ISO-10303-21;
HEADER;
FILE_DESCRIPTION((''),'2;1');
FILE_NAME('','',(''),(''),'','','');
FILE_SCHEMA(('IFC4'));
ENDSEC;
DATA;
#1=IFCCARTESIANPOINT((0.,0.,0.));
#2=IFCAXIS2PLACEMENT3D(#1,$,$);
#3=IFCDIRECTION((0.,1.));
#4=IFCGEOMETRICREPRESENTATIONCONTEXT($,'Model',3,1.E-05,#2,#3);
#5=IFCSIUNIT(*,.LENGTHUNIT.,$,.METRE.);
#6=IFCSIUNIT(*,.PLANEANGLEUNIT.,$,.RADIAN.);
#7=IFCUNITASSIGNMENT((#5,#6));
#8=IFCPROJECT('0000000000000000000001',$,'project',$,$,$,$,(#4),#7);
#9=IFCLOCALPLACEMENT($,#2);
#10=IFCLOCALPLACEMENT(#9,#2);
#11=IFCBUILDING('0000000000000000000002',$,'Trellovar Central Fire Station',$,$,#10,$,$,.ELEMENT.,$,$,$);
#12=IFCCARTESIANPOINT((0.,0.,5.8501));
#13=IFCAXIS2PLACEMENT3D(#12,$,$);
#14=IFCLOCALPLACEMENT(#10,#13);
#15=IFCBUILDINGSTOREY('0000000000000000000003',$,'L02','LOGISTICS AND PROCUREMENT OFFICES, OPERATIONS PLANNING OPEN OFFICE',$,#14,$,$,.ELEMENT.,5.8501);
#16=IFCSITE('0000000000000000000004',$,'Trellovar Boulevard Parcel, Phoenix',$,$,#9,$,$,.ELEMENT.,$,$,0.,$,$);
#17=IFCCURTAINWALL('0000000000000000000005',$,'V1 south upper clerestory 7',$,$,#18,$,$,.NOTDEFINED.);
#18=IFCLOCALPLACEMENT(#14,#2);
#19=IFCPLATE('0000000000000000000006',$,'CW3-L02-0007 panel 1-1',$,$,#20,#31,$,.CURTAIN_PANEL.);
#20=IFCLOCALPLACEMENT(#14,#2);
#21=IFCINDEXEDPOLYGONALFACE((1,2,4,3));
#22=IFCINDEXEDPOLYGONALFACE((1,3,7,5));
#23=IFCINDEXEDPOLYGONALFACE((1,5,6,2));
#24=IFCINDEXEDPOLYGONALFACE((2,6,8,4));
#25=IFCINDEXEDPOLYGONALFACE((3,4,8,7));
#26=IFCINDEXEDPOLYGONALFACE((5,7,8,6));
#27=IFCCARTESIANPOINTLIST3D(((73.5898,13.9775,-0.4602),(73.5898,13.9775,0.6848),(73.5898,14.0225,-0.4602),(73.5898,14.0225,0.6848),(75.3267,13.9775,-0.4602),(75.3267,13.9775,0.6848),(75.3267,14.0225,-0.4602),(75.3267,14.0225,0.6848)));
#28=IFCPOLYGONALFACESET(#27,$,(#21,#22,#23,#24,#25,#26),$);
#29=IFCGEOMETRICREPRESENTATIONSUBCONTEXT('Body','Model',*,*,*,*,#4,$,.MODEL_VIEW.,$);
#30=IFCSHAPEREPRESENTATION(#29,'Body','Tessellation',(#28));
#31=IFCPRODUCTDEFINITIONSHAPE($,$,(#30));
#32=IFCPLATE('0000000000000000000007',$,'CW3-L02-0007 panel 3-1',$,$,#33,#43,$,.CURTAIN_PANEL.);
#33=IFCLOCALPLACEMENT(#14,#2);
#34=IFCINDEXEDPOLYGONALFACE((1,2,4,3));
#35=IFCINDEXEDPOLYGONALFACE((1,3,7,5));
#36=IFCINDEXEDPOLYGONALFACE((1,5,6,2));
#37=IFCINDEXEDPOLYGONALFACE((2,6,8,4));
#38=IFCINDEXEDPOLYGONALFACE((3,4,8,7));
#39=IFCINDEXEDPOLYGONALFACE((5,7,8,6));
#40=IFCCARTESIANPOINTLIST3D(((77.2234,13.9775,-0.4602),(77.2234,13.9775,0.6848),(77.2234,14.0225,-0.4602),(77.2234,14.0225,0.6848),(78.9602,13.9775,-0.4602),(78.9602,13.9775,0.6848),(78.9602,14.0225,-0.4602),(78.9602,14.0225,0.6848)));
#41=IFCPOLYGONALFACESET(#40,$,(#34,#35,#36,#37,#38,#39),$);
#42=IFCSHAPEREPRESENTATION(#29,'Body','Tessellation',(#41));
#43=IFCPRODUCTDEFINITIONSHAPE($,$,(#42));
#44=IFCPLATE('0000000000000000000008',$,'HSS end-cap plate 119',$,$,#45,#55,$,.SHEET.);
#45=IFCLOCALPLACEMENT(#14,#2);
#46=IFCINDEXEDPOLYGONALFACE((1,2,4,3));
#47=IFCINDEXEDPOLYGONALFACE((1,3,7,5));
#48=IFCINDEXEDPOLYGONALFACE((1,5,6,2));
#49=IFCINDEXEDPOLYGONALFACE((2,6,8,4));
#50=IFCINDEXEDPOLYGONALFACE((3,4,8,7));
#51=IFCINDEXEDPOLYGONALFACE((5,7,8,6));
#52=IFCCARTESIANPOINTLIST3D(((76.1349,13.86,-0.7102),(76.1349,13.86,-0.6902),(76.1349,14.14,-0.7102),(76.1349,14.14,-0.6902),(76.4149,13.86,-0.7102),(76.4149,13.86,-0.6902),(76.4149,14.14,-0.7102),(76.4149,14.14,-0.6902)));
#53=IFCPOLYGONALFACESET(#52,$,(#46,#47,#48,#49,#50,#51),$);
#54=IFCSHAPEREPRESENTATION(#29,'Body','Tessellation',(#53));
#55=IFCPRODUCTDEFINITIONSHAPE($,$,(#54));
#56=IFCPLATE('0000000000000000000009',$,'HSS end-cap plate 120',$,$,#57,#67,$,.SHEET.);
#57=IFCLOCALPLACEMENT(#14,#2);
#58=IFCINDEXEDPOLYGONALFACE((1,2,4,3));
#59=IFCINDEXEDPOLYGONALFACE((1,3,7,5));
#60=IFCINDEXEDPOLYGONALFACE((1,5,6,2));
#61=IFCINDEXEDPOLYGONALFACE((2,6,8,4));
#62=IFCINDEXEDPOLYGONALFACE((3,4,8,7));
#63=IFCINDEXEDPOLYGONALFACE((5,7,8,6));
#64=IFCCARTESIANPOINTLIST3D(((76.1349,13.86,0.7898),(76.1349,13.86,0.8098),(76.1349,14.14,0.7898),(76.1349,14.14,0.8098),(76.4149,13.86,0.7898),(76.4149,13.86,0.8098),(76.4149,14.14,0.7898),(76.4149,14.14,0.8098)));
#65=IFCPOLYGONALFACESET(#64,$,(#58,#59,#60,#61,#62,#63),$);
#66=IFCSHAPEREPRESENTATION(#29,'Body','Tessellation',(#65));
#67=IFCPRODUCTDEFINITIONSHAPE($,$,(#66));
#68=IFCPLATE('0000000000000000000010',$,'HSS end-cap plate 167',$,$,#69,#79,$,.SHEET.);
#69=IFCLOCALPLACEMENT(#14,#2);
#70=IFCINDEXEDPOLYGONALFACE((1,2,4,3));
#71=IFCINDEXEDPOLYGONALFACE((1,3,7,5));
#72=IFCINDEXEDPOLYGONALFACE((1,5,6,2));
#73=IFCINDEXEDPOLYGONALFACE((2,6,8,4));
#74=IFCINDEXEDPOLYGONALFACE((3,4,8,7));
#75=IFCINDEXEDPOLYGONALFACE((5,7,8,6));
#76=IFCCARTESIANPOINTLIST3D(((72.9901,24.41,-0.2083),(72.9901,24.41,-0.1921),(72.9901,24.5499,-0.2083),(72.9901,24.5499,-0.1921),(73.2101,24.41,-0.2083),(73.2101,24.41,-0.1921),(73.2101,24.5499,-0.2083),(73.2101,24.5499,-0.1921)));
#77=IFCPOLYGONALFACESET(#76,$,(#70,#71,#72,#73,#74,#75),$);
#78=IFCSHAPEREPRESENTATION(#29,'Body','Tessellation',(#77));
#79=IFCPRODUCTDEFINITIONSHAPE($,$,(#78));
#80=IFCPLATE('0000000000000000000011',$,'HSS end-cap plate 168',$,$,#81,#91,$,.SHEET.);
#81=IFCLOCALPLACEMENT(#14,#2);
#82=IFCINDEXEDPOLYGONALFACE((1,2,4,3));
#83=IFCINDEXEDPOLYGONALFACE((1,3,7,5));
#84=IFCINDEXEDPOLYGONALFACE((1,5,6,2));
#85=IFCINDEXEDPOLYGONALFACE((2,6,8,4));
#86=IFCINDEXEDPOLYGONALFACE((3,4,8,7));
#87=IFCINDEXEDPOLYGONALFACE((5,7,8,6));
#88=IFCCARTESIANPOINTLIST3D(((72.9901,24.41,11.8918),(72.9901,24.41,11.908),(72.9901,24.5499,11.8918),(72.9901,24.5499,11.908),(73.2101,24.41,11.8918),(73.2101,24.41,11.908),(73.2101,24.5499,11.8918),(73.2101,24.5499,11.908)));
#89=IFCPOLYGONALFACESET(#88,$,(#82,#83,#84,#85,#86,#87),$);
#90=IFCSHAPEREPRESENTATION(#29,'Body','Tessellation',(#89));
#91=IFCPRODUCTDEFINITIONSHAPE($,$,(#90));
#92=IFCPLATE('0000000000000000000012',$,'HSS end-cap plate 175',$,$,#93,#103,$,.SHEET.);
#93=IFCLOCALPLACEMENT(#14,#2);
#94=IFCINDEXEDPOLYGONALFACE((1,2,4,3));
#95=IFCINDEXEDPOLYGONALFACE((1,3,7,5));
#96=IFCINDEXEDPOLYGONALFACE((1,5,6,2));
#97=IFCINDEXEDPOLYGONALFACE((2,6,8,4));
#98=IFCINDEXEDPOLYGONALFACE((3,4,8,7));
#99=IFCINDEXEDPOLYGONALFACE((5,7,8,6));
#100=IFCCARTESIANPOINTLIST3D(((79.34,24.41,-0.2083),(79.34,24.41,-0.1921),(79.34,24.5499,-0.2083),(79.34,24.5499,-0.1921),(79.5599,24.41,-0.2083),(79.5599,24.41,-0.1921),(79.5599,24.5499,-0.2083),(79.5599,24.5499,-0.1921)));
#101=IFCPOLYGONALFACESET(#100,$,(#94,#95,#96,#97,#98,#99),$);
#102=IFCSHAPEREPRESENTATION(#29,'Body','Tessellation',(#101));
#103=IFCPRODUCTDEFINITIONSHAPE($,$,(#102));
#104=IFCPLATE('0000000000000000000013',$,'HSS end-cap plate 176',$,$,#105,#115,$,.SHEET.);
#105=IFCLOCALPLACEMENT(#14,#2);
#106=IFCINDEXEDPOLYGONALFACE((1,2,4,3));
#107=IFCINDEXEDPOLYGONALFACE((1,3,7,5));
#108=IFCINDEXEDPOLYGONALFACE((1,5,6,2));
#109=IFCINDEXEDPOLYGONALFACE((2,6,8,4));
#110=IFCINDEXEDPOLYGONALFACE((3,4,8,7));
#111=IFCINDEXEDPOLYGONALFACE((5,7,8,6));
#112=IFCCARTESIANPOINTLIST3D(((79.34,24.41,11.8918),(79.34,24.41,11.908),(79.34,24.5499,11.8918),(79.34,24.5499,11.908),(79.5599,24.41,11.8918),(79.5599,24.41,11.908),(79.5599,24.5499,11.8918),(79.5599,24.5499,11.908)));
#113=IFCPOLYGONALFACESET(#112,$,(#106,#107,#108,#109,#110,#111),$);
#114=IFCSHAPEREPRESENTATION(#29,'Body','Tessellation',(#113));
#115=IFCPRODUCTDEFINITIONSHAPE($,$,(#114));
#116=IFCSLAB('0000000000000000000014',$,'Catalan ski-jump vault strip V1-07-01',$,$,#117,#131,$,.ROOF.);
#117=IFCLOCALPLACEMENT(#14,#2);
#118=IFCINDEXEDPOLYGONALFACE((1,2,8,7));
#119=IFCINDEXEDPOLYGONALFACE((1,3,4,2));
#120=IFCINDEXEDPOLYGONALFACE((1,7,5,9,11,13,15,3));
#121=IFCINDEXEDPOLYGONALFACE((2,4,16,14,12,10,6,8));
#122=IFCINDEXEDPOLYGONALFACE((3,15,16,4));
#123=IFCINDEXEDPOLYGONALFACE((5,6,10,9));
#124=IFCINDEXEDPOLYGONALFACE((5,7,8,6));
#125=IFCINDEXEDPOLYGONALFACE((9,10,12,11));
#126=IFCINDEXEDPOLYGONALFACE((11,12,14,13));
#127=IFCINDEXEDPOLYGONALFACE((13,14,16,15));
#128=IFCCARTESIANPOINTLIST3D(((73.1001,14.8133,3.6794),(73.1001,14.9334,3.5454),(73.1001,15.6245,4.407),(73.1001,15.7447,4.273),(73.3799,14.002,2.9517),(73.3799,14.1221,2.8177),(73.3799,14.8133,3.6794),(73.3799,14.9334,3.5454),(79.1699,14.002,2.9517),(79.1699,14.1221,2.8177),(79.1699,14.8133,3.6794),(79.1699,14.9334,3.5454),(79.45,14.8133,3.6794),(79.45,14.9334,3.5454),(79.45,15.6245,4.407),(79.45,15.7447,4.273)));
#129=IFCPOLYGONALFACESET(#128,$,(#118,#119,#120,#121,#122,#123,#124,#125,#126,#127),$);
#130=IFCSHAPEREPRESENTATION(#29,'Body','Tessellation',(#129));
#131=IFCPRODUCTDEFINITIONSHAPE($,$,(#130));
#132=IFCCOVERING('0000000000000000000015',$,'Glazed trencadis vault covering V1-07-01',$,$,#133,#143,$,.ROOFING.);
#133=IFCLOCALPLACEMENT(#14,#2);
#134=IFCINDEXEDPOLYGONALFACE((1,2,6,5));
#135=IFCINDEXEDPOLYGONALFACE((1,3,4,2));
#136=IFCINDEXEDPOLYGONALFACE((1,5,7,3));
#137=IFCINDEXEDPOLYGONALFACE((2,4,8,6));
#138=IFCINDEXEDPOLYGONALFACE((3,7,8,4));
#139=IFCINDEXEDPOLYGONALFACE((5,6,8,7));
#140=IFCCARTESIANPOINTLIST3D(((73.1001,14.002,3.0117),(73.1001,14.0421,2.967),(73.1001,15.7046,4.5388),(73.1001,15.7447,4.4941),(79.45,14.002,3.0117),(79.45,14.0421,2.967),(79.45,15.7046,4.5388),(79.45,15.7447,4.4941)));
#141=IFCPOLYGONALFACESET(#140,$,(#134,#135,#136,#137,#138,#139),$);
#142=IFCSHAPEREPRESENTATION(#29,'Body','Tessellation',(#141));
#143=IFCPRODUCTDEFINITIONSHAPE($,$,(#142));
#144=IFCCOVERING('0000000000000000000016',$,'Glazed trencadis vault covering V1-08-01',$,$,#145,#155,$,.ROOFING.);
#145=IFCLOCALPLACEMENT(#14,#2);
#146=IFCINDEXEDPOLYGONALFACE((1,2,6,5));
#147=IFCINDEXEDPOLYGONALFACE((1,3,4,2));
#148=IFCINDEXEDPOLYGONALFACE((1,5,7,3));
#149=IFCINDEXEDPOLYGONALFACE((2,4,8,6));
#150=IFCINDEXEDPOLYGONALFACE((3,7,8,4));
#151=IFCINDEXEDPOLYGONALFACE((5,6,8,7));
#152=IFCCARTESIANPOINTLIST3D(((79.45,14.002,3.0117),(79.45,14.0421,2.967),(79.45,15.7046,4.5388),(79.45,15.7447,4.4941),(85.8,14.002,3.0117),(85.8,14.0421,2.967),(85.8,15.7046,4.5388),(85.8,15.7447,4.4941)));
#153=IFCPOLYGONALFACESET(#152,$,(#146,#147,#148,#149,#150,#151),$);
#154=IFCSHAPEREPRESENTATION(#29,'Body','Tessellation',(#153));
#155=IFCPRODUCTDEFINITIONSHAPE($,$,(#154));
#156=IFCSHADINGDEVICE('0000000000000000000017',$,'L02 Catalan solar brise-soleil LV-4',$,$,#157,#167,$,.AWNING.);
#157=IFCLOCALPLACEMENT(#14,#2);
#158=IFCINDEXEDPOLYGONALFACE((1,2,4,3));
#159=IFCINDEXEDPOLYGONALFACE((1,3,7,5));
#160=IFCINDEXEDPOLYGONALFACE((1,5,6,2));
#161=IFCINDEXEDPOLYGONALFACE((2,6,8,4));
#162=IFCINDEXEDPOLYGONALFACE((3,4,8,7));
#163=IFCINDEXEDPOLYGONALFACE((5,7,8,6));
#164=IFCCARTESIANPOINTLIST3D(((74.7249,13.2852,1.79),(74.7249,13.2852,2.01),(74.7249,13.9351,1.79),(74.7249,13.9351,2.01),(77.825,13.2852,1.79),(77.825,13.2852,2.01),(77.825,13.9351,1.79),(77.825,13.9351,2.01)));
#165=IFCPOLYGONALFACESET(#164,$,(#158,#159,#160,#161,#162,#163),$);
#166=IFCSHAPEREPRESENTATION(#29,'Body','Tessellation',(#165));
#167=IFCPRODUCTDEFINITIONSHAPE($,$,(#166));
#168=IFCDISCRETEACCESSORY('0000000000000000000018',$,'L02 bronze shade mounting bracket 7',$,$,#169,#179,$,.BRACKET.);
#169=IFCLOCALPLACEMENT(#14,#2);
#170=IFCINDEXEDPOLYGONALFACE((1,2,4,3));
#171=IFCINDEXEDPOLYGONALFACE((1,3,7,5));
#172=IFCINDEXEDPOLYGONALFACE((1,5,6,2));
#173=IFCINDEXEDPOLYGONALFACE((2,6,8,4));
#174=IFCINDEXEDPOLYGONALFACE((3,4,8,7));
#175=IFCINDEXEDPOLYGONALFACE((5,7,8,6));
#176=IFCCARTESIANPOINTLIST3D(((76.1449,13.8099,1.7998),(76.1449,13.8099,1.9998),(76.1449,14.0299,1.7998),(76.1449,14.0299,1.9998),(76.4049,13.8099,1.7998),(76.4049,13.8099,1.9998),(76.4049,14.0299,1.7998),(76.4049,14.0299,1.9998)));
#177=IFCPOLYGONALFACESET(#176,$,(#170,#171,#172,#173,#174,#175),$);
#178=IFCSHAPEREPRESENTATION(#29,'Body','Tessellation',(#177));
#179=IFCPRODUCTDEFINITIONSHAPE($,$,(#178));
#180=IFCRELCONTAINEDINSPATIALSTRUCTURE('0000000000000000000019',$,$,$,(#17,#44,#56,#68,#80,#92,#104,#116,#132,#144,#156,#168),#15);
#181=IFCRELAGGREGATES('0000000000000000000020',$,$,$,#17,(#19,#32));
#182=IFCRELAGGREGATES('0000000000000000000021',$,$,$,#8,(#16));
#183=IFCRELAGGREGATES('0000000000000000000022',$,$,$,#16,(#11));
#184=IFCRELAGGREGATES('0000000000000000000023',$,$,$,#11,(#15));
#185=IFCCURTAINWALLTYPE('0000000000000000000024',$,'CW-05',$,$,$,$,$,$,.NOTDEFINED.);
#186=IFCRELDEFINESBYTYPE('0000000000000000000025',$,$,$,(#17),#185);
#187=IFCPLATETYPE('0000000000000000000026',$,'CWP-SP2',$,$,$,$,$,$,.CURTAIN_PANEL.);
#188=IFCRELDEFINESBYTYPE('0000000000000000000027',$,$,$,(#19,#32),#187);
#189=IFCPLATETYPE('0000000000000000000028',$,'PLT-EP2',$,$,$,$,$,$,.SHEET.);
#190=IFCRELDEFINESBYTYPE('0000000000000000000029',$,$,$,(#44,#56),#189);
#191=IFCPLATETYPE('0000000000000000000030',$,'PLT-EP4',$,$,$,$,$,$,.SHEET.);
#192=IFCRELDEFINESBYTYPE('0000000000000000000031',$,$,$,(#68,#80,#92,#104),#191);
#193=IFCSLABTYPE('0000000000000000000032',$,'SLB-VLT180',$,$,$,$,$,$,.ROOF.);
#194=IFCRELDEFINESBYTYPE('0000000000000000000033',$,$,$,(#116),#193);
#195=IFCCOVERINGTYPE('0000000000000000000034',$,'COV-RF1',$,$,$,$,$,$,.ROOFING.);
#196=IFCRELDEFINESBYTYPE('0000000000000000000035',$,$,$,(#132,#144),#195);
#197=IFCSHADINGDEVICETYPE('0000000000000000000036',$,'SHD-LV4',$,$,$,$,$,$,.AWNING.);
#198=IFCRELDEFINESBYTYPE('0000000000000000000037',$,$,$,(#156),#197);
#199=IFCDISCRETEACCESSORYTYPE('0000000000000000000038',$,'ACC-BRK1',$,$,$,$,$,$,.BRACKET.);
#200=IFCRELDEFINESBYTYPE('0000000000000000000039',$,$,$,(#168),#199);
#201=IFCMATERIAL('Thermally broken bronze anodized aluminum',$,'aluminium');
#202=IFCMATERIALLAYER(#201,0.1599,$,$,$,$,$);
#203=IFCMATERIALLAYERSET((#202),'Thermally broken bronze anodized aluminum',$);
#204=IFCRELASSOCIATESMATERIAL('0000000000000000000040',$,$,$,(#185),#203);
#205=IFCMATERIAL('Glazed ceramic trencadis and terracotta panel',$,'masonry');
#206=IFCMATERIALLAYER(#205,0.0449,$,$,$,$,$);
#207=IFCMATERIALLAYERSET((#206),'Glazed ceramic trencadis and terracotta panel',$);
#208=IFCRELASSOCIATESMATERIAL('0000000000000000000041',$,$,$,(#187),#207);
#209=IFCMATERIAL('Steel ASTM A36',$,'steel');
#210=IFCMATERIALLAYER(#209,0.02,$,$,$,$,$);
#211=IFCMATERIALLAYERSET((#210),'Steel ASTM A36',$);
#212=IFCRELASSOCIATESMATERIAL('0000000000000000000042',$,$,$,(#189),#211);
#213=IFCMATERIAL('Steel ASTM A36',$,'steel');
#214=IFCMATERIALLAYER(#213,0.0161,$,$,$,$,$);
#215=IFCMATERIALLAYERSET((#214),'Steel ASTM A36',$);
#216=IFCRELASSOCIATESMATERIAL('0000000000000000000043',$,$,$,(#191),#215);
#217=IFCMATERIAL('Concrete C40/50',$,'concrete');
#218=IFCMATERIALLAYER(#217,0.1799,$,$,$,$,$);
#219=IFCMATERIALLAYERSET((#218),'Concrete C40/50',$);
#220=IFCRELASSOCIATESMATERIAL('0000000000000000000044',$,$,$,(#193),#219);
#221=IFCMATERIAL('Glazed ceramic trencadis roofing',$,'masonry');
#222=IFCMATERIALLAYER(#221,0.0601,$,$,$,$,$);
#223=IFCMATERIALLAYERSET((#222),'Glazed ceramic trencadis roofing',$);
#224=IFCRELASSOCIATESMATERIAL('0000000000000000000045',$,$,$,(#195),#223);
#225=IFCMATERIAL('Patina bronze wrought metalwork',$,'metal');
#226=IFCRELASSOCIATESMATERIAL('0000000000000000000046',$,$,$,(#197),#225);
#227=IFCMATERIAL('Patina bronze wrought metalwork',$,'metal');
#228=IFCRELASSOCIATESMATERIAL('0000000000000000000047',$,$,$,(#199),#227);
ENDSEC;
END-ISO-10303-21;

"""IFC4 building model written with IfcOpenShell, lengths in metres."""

from ifc_helpers import new_model, si_unit, direction, frame, origin, origin_2d, place, context, subcontext, project, spatial, polyline, rectangle, outline, extrude, material, layer, layer_set, type_object, element, aggregate, save


model = new_model("IFC4")

# Units and contexts
model_context = context("Model", 3, precision=1e-05, world=origin(), true_north=direction((0.0, 1.0)))
body_context = subcontext(model_context, "Body", "Model", "MODEL_VIEW")
ifc_project = project(units=[si_unit("LENGTHUNIT", "METRE"), si_unit("PLANEANGLEUNIT", "RADIAN")], contexts=[model_context])

# Site, building, storey
site_placement = place(None, origin())
site = spatial("IfcSite", under=ifc_project, at=site_placement, Name="Trellovar Boulevard Parcel, Phoenix", CompositionType="ELEMENT", RefElevation=0.0)
building_placement = place(site_placement, origin())
building = spatial("IfcBuilding", under=site, at=building_placement, Name="Trellovar Central Fire Station", CompositionType="ELEMENT")
storey_placement = place(building_placement, frame((0.0, 0.0, 5.8501)))
storey = spatial("IfcBuildingStorey", under=building, at=storey_placement, Name="L02", Description="LOGISTICS AND PROCUREMENT OFFICES, OPERATIONS PLANNING OPEN OFFICE", CompositionType="ELEMENT", Elevation=5.8501)

# Shared definitions
ifc_material_1 = material(Name="Thermally broken bronze anodized aluminum", Category="aluminium")
ifc_layer_1 = layer(ifc_material_1, 0.1599)
ifc_layer_set_1 = layer_set([ifc_layer_1], Name="Thermally broken bronze anodized aluminum")
curtain_wall_type = type_object("IfcCurtainWallType", Name="CW-05", PredefinedType="NOTDEFINED", material=ifc_layer_set_1)

# Curtain wall
curtain_wall_1_placement = place(storey_placement, origin())
curtain_wall_1 = element("IfcCurtainWall", 1, at=curtain_wall_1_placement, inside=storey, type_object=curtain_wall_type, Name="V1 south upper clerestory 7", PredefinedType="NOTDEFINED")

# Plates
ifc_material_2 = material(Name="Glazed ceramic trencadis and terracotta panel", Category="masonry")
ifc_layer_2 = layer(ifc_material_2, 0.0449)
ifc_layer_set_2 = layer_set([ifc_layer_2], Name="Glazed ceramic trencadis and terracotta panel")
plate_type_1 = type_object("IfcPlateType", Name="CWP-SP2", PredefinedType="CURTAIN_PANEL", material=ifc_layer_set_2)
plate_1_placement = place(storey_placement, frame((74.4583, 14.0, -0.4602), z_axis=(0.0, 0.0, 1.0), x_axis=(1.0, 0.0, 0.0)))
plate_1 = element("IfcPlate", 2, at=plate_1_placement, type_object=plate_type_1, Name="CW3-L02-0007 panel 1-1", PredefinedType="CURTAIN_PANEL", context=body_context, shape_type="SweptSolid", body=[
    extrude(rectangle(XDim=1.7368, YDim=0.0449, at=origin_2d()), origin(), (0.0, 0.0, 1.0), 1.145),
])
plate_2_placement = place(storey_placement, frame((78.0918, 14.0, -0.4602), z_axis=(0.0, 0.0, 1.0), x_axis=(1.0, 0.0, 0.0)))
plate_2 = element("IfcPlate", 3, at=plate_2_placement, type_object=plate_type_1, Name="CW3-L02-0007 panel 3-1", PredefinedType="CURTAIN_PANEL", context=body_context, shape_type="SweptSolid", body=[
    extrude(rectangle(XDim=1.7368, YDim=0.0449, at=origin_2d()), origin(), (0.0, 0.0, 1.0), 1.145),
])
aggregate(curtain_wall_1, [plate_1, plate_2])

# Plates
ifc_material_3 = material(Name="Steel ASTM A36", Category="steel")
ifc_layer_3 = layer(ifc_material_3, 0.02)
ifc_layer_set_3 = layer_set([ifc_layer_3], Name="Steel ASTM A36")
plate_type_2 = type_object("IfcPlateType", Name="PLT-EP2", PredefinedType="SHEET", material=ifc_layer_set_3)
for number, where, z_axis, x_axis, name in (
    (4, (76.2749, 14.0, -0.7102), (0.0, 0.0, 1.0), (1.0, 0.0, 0.0), "HSS end-cap plate 119"),
    (5, (76.2749, 14.0, 0.7898), (0.0, 0.0, 1.0), (1.0, 0.0, 0.0), "HSS end-cap plate 120"),
):
    element("IfcPlate", number, at=place(storey_placement, frame(where, z_axis=z_axis, x_axis=x_axis)), inside=storey, type_object=plate_type_2, Name=name, PredefinedType="SHEET", context=body_context, shape_type="SweptSolid", body=[
        extrude(rectangle(XDim=0.28, YDim=0.28, at=origin_2d()), origin(), (0.0, 0.0, 1.0), 0.02),
    ])
ifc_material_4 = material(Name="Steel ASTM A36", Category="steel")
ifc_layer_4 = layer(ifc_material_4, 0.0161)
ifc_layer_set_4 = layer_set([ifc_layer_4], Name="Steel ASTM A36")
plate_type_3 = type_object("IfcPlateType", Name="PLT-EP4", PredefinedType="SHEET", material=ifc_layer_set_4)
for number, where, z_axis, x_axis, name in (
    (6, (73.1001, 24.48, -0.2083), (0.0, 0.0, 1.0), (1.0, 0.0, 0.0), "HSS end-cap plate 167"),
    (7, (73.1001, 24.48, 11.8918), (0.0, 0.0, 1.0), (1.0, 0.0, 0.0), "HSS end-cap plate 168"),
    (8, (79.45, 24.48, -0.2083), (0.0, 0.0, 1.0), (1.0, 0.0, 0.0), "HSS end-cap plate 175"),
    (9, (79.45, 24.48, 11.8918), (0.0, 0.0, 1.0), (1.0, 0.0, 0.0), "HSS end-cap plate 176"),
):
    element("IfcPlate", number, at=place(storey_placement, frame(where, z_axis=z_axis, x_axis=x_axis)), inside=storey, type_object=plate_type_3, Name=name, PredefinedType="SHEET", context=body_context, shape_type="SweptSolid", body=[
        extrude(rectangle(XDim=0.22, YDim=0.1399, at=origin_2d()), origin(), (0.0, 0.0, 1.0), 0.0161),
    ])

# Slab
ifc_material_5 = material(Name="Concrete C40/50", Category="concrete")
ifc_layer_5 = layer(ifc_material_5, 0.1799)
ifc_layer_set_5 = layer_set([ifc_layer_5], Name="Concrete C40/50")
slab_type = type_object("IfcSlabType", Name="SLB-VLT180", PredefinedType="ROOF", material=ifc_layer_set_5)
slab_placement = place(storey_placement, frame((73.3799, 14.002, 2.9517), z_axis=(0.0, -0.667698, 0.744432), x_axis=(1.0, 0.0, 0.0)))
element("IfcSlab", 10, at=slab_placement, inside=storey, type_object=slab_type, Name="Catalan ski-jump vault strip V1-07-01", PredefinedType="ROOF", context=body_context, shape_type="SweptSolid", body=[
    extrude(outline(polyline([(0.0, 0.0), (5.79, 0.0), (5.79, 1.0899), (6.0701, 1.0899), (6.0701, 2.1796), (-0.2798, 2.1796), (-0.2798, 1.0899), (0.0, 1.0899), (0.0, 0.0)])), origin(), (0.0, 0.0, -1.0), 0.1799),
])

# Coverings
ifc_material_6 = material(Name="Glazed ceramic trencadis roofing", Category="masonry")
ifc_layer_6 = layer(ifc_material_6, 0.0601)
ifc_layer_set_6 = layer_set([ifc_layer_6], Name="Glazed ceramic trencadis roofing")
covering_type = type_object("IfcCoveringType", Name="COV-RF1", PredefinedType="ROOFING", material=ifc_layer_set_6)
covering_1_placement = place(storey_placement, frame((73.1001, 14.002, 3.0117), z_axis=(0.0, -0.66769, 0.74444), x_axis=(1.0, 0.0, 0.0)))
element("IfcCovering", 11, at=covering_1_placement, inside=storey, type_object=covering_type, Name="Glazed trencadis vault covering V1-07-01", PredefinedType="ROOFING", context=body_context, shape_type="SweptSolid", body=[
    extrude(outline(polyline([(0.0, 0.0), (6.3499, 0.0), (6.3499, 2.2871), (0.0, 2.2871), (0.0, 0.0)])), origin(), (0.0, 0.0, -1.0), 0.0601),
])
covering_2_placement = place(storey_placement, frame((79.45, 14.002, 3.0117), z_axis=(0.0, -0.66769, 0.74444), x_axis=(1.0, 0.0, 0.0)))
element("IfcCovering", 12, at=covering_2_placement, inside=storey, type_object=covering_type, Name="Glazed trencadis vault covering V1-08-01", PredefinedType="ROOFING", context=body_context, shape_type="SweptSolid", body=[
    extrude(outline(polyline([(0.0, 0.0), (6.3501, 0.0), (6.3501, 2.2871), (0.0, 2.2871), (0.0, 0.0)])), origin(), (0.0, 0.0, -1.0), 0.0601),
])

# Shading device
ifc_material_7 = material(Name="Patina bronze wrought metalwork", Category="metal")
shading_device_type = type_object("IfcShadingDeviceType", Name="SHD-LV4", PredefinedType="AWNING", material=ifc_material_7)
shading_device_placement = place(storey_placement, frame((76.2749, 13.6101, 1.79), z_axis=(0.0, 0.0, 1.0), x_axis=(1.0, 0.0, 0.0)))
element("IfcShadingDevice", 13, at=shading_device_placement, inside=storey, type_object=shading_device_type, Name="L02 Catalan solar brise-soleil LV-4", PredefinedType="AWNING", context=body_context, shape_type="SweptSolid", body=[
    extrude(rectangle(XDim=3.1001, YDim=0.6499, at=origin_2d()), origin(), (0.0, 0.0, 1.0), 0.22),
])

# Discrete accessory
ifc_material_8 = material(Name="Patina bronze wrought metalwork", Category="metal")
discrete_accessory_type = type_object("IfcDiscreteAccessoryType", Name="ACC-BRK1", PredefinedType="BRACKET", material=ifc_material_8)
discrete_accessory_placement = place(storey_placement, frame((76.2749, 13.9199, 1.7998), z_axis=(0.0, 0.0, 1.0), x_axis=(1.0, 0.0, 0.0)))
element("IfcDiscreteAccessory", 14, at=discrete_accessory_placement, inside=storey, type_object=discrete_accessory_type, Name="L02 bronze shade mounting bracket 7", PredefinedType="BRACKET", context=body_context, shape_type="SweptSolid", body=[
    extrude(rectangle(XDim=0.26, YDim=0.22, at=origin_2d()), origin(), (0.0, 0.0, 1.0), 0.2),
])

save(model, "model.ifc")
